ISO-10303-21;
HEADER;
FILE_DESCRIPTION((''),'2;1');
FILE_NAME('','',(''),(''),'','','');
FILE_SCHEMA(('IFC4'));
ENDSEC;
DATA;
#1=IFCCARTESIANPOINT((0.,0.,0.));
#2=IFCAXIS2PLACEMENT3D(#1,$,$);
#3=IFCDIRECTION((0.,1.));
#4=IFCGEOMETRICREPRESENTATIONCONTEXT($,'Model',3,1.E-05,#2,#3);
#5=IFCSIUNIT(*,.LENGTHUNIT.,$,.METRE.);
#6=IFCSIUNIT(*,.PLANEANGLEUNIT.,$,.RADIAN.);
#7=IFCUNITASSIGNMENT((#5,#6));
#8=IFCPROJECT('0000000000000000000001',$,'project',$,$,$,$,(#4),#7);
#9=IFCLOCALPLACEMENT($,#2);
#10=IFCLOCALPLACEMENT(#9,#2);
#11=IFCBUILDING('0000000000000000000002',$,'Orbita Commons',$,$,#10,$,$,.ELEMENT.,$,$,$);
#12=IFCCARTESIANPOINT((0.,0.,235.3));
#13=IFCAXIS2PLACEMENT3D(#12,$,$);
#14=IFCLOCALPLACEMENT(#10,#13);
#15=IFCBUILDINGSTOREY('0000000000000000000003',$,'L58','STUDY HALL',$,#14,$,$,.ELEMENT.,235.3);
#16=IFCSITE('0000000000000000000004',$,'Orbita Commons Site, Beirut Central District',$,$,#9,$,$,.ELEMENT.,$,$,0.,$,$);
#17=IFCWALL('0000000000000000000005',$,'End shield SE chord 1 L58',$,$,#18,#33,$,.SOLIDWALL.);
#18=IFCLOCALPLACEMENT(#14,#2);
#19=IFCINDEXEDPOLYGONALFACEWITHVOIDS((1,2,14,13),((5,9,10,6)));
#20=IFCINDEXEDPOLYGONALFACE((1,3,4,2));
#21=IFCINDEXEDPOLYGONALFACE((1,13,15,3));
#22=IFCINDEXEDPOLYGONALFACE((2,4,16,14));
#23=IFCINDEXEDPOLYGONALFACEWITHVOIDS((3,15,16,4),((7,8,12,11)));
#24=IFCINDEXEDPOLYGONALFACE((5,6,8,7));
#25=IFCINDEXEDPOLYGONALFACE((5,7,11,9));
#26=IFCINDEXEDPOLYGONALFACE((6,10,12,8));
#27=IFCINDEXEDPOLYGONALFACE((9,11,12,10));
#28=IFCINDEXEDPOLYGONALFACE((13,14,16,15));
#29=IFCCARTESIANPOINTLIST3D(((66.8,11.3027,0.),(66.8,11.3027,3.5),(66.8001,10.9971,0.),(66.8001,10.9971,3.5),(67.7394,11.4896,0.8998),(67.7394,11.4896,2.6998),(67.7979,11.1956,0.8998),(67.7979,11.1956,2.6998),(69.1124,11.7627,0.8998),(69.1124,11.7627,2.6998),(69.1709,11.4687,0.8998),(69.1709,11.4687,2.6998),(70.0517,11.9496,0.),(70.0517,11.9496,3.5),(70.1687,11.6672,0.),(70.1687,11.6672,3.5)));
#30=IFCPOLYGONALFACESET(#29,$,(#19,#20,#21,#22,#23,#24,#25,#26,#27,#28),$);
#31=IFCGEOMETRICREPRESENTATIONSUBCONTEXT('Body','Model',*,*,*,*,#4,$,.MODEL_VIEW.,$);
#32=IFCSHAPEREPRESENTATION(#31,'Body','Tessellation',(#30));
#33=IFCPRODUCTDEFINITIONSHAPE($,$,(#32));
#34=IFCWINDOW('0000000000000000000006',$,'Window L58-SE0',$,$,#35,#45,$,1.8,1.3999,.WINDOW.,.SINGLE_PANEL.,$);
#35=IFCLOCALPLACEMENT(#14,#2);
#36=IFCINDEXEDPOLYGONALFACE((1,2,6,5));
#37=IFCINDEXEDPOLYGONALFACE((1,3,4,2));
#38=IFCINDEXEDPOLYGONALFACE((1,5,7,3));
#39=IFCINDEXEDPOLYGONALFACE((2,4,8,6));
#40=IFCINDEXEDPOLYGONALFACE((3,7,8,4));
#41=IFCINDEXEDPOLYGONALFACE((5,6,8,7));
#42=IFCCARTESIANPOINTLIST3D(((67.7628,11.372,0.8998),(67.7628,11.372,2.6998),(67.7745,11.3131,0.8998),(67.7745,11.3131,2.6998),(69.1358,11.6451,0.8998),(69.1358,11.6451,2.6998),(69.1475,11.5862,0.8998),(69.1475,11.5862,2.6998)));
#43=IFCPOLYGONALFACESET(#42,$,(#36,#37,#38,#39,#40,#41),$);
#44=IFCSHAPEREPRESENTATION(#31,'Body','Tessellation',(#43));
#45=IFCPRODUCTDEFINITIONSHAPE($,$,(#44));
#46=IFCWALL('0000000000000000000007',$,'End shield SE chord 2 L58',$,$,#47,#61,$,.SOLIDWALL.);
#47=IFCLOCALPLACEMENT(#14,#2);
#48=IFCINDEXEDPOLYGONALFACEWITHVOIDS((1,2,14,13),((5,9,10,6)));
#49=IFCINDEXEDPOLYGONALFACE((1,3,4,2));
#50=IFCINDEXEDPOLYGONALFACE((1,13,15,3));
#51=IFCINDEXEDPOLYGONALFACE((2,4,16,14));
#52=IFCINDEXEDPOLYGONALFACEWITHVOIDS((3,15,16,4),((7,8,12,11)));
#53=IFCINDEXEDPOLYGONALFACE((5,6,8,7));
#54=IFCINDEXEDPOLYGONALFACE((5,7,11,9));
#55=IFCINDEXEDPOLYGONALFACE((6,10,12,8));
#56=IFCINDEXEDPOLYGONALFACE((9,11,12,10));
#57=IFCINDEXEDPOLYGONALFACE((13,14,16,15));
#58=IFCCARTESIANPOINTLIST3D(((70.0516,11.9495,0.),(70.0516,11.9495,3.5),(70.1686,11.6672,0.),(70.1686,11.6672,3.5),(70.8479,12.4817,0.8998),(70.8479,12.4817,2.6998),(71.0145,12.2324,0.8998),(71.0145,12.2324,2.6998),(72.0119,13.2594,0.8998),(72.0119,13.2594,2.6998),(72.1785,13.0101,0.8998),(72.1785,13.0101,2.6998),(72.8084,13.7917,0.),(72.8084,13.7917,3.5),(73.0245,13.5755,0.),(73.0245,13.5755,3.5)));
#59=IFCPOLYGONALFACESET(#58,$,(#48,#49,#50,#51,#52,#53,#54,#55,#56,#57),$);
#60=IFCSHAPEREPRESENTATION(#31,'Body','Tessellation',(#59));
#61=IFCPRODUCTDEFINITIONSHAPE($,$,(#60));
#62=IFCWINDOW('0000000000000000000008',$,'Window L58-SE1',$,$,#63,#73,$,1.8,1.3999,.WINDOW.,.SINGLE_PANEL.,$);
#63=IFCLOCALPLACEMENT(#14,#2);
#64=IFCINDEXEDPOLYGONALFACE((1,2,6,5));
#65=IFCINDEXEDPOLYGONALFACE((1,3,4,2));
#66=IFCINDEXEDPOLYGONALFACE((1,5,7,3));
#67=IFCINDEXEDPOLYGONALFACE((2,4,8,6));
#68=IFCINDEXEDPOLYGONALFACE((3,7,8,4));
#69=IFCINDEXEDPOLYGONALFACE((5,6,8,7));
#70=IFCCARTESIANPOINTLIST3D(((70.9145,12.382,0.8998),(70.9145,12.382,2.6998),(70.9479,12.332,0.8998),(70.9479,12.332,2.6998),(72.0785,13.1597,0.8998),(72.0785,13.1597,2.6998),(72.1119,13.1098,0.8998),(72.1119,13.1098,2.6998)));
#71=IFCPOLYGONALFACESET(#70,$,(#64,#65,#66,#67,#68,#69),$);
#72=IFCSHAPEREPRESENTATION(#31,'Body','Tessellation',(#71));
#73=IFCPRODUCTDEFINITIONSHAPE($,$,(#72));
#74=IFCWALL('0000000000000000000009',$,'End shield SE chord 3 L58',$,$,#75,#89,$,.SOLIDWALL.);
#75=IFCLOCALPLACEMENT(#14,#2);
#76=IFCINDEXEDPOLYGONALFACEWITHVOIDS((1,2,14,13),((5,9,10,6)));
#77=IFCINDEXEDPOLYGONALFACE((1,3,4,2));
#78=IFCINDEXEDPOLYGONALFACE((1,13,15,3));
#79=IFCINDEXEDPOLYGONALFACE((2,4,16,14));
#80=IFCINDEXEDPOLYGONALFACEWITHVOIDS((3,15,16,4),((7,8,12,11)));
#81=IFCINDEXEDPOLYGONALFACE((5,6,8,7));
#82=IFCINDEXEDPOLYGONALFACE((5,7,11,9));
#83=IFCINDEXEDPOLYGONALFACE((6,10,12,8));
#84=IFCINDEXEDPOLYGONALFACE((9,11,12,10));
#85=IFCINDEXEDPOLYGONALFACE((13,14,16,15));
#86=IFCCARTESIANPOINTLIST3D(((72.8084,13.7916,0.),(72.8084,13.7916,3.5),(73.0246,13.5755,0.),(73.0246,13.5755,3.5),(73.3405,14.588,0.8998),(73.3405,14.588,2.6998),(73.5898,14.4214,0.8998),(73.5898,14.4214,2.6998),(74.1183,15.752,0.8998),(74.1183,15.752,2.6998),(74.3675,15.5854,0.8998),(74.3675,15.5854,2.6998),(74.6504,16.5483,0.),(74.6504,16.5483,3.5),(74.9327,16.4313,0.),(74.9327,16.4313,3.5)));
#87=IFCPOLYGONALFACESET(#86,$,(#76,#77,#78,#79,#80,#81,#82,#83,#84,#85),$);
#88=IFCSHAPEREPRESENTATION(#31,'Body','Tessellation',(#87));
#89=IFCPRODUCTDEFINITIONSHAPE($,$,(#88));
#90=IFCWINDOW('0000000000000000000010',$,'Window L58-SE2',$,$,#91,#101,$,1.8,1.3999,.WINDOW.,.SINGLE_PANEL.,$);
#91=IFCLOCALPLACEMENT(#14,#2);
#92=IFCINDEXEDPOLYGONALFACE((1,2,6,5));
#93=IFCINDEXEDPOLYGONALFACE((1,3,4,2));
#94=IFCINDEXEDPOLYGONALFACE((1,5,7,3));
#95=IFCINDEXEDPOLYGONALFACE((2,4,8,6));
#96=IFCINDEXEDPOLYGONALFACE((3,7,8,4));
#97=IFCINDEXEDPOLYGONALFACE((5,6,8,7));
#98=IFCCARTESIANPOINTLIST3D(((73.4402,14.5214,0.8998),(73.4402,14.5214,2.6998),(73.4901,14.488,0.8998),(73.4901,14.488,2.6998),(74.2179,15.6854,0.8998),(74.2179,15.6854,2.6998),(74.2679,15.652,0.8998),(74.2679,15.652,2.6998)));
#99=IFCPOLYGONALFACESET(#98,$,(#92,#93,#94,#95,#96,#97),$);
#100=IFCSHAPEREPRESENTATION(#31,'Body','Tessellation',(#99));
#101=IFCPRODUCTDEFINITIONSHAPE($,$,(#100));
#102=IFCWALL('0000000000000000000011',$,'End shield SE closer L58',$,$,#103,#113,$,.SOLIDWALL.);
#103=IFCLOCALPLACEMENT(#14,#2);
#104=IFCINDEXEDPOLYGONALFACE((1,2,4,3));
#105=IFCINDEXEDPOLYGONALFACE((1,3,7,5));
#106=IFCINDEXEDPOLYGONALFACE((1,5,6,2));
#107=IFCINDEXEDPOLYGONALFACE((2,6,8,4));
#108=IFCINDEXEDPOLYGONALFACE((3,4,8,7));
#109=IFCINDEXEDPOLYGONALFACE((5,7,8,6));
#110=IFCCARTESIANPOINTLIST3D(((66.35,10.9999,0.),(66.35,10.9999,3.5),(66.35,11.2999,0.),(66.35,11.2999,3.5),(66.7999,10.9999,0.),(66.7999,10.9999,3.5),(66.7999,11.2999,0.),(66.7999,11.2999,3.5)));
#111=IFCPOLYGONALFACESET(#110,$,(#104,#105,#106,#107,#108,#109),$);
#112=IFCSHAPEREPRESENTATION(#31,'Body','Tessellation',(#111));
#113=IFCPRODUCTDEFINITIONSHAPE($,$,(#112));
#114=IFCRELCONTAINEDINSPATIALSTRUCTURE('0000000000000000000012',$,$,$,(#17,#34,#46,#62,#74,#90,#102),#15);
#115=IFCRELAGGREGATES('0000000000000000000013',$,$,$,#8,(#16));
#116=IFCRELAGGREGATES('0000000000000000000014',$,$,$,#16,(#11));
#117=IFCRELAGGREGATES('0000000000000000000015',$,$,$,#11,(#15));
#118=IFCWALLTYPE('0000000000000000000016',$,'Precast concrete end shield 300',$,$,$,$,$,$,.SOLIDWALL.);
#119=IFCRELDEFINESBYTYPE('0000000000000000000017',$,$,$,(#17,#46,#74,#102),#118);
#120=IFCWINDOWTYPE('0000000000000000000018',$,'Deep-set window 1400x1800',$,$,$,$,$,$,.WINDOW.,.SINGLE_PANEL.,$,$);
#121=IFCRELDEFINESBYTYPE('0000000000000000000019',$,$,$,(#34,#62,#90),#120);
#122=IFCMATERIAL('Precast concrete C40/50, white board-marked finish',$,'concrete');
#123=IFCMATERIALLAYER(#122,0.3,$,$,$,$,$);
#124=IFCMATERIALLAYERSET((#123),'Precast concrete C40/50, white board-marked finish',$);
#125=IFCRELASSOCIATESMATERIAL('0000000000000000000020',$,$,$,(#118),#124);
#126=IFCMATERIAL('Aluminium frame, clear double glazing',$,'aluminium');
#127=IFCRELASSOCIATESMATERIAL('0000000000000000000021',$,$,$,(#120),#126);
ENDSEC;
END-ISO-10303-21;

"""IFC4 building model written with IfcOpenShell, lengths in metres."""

from ifc_helpers import new_model, si_unit, direction, frame, frame_2d, origin, place, context, subcontext, project, spatial, polyline, rectangle, outline, extrude, material, layer, layer_set, type_object, element, fill, save


model = new_model("IFC4")

# Units and contexts
model_context = context("Model", 3, precision=1e-05, world=origin(), true_north=direction((0.0, 1.0)))
body_context = subcontext(model_context, "Body", "Model", "MODEL_VIEW")
ifc_project = project(units=[si_unit("LENGTHUNIT", "METRE"), si_unit("PLANEANGLEUNIT", "RADIAN")], contexts=[model_context])

# Site, building, storey
site_placement = place(None, origin())
site = spatial("IfcSite", under=ifc_project, at=site_placement, Name="Orbita Commons Site, Beirut Central District", CompositionType="ELEMENT", RefElevation=0.0)
building_placement = place(site_placement, origin())
building = spatial("IfcBuilding", under=site, at=building_placement, Name="Orbita Commons", CompositionType="ELEMENT")
storey_placement = place(building_placement, frame((0.0, 0.0, 235.3)))
storey = spatial("IfcBuildingStorey", under=building, at=storey_placement, Name="L58", Description="STUDY HALL", CompositionType="ELEMENT", Elevation=235.3)

# Walls, openings, windows
ifc_material_1 = material(Name="Precast concrete C40/50, white board-marked finish", Category="concrete")
ifc_layer_1 = layer(ifc_material_1, 0.3)
ifc_layer_set_1 = layer_set([ifc_layer_1], Name="Precast concrete C40/50, white board-marked finish")
wall_type_1 = type_object("IfcWallType", Name="Precast concrete end shield 300", PredefinedType="SOLIDWALL", material=ifc_layer_set_1)
wall_1_placement = place(storey_placement, frame((66.8, 11.1499, 0.0), z_axis=(0.0, 0.0, 1.0), x_axis=(0.980783, 0.1951, 0.0)))
wall_1 = element("IfcWall", 1, at=wall_1_placement, inside=storey, type_object=wall_type_1, Name="End shield SE chord 1 L58", PredefinedType="SOLIDWALL", context=body_context, shape_type="SweptSolid", body=[
    extrude(outline(polyline([(-0.0298, -0.1499), (3.4048, -0.1499), (3.3452, 0.1499), (0.0298, 0.1499), (-0.0298, -0.1499)])), origin(), (0.0, 0.0, 1.0), 3.5),
])
opening_1_placement = place(wall_1_placement, frame((0.9875, 0.0, 0.8999)))
opening_1 = element("IfcOpeningElement", 2, at=opening_1_placement, cuts=wall_1, PredefinedType="OPENING", context=body_context, shape_type="SweptSolid", body=[
    extrude(rectangle(XDim=1.3999, YDim=1.8, at=frame_2d((0.7, 0.8999))), frame((0.0, 0.1599, 0.0), z_axis=(0.0, -1.0, 0.0), x_axis=(1.0, 0.0, 0.0)), (0.0, 0.0, 1.0), 0.3201),
])
ifc_material_2 = material(Name="Aluminium frame, clear double glazing", Category="aluminium")
window_type = type_object("IfcWindowType", Name="Deep-set window 1400x1800", PartitioningType="SINGLE_PANEL", PredefinedType="WINDOW", material=ifc_material_2)
window_1_placement = place(opening_1_placement, origin())
window_1 = element("IfcWindow", 3, at=window_1_placement, inside=storey, type_object=window_type, Name="Window L58-SE0", OverallHeight=1.8, OverallWidth=1.3999, PartitioningType="SINGLE_PANEL", PredefinedType="WINDOW", context=body_context, shape_type="SweptSolid", body=[
    extrude(rectangle(XDim=1.3999, YDim=1.8, at=frame_2d((0.7, 0.8999))), frame((0.0, 0.03, 0.0), z_axis=(0.0, -1.0, 0.0), x_axis=(1.0, 0.0, 0.0)), (0.0, 0.0, 1.0), 0.0601),
])
fill(opening_1, window_1)
wall_2_placement = place(storey_placement, frame((70.1101, 11.8083, 0.0), z_axis=(0.0, 0.0, 1.0), x_axis=(0.83146, 0.555585, 0.0)))
wall_2 = element("IfcWall", 4, at=wall_2_placement, inside=storey, type_object=wall_type_1, Name="End shield SE chord 2 L58", PredefinedType="SOLIDWALL", context=body_context, shape_type="SweptSolid", body=[
    extrude(outline(polyline([(-0.0298, -0.1499), (3.405, -0.1499), (3.3455, 0.1499), (0.0298, 0.1499), (-0.0298, -0.1499)])), origin(), (0.0, 0.0, 1.0), 3.5),
])
opening_2_placement = place(wall_2_placement, frame((0.9875, 0.0, 0.8999)))
opening_2 = element("IfcOpeningElement", 5, at=opening_2_placement, cuts=wall_2, PredefinedType="OPENING", context=body_context, shape_type="SweptSolid", body=[
    extrude(rectangle(XDim=1.3999, YDim=1.8, at=frame_2d((0.7, 0.8999))), frame((0.0, 0.1599, 0.0), z_axis=(0.0, -1.0, 0.0), x_axis=(1.0, 0.0, 0.0)), (0.0, 0.0, 1.0), 0.3201),
])
window_2_placement = place(opening_2_placement, origin())
window_2 = element("IfcWindow", 6, at=window_2_placement, inside=storey, type_object=window_type, Name="Window L58-SE1", OverallHeight=1.8, OverallWidth=1.3999, PartitioningType="SINGLE_PANEL", PredefinedType="WINDOW", context=body_context, shape_type="SweptSolid", body=[
    extrude(rectangle(XDim=1.3999, YDim=1.8, at=frame_2d((0.7, 0.8999))), frame((0.0, 0.03, 0.0), z_axis=(0.0, -1.0, 0.0), x_axis=(1.0, 0.0, 0.0)), (0.0, 0.0, 1.0), 0.0601),
])
fill(opening_2, window_2)
wall_3_placement = place(storey_placement, frame((72.9165, 13.6836, 0.0), z_axis=(0.0, 0.0, 1.0), x_axis=(0.555568, 0.831471, 0.0)))
wall_3 = element("IfcWall", 7, at=wall_3_placement, inside=storey, type_object=wall_type_1, Name="End shield SE chord 3 L58", PredefinedType="SOLIDWALL", context=body_context, shape_type="SweptSolid", body=[
    extrude(outline(polyline([(-0.0298, -0.1499), (3.4048, -0.1499), (3.3452, 0.1499), (0.0298, 0.1499), (-0.0298, -0.1499)])), origin(), (0.0, 0.0, 1.0), 3.5),
])
opening_3_placement = place(wall_3_placement, frame((0.9875, 0.0, 0.8999)))
opening_3 = element("IfcOpeningElement", 8, at=opening_3_placement, cuts=wall_3, PredefinedType="OPENING", context=body_context, shape_type="SweptSolid", body=[
    extrude(rectangle(XDim=1.3999, YDim=1.8, at=frame_2d((0.7, 0.8999))), frame((0.0, 0.1599, 0.0), z_axis=(0.0, -1.0, 0.0), x_axis=(1.0, 0.0, 0.0)), (0.0, 0.0, 1.0), 0.3201),
])
window_3_placement = place(opening_3_placement, origin())
window_3 = element("IfcWindow", 9, at=window_3_placement, inside=storey, type_object=window_type, Name="Window L58-SE2", OverallHeight=1.8, OverallWidth=1.3999, PartitioningType="SINGLE_PANEL", PredefinedType="WINDOW", context=body_context, shape_type="SweptSolid", body=[
    extrude(rectangle(XDim=1.3999, YDim=1.8, at=frame_2d((0.7, 0.8999))), frame((0.0, 0.03, 0.0), z_axis=(0.0, -1.0, 0.0), x_axis=(1.0, 0.0, 0.0)), (0.0, 0.0, 1.0), 0.0601),
])
fill(opening_3, window_3)

# Wall
wall_4_placement = place(storey_placement, frame((66.8, 11.1499, 0.0), z_axis=(0.0, 0.0, 1.0), x_axis=(-1.0, 0.0, 0.0)))
element("IfcWall", 10, at=wall_4_placement, inside=storey, type_object=wall_type_1, Name="End shield SE closer L58", PredefinedType="SOLIDWALL", context=body_context, shape_type="SweptSolid", body=[
    extrude(rectangle(XDim=0.45, YDim=0.3, at=frame_2d((0.2251, 0.0))), origin(), (0.0, 0.0, 1.0), 3.5),
])

save(model, "model.ifc")
